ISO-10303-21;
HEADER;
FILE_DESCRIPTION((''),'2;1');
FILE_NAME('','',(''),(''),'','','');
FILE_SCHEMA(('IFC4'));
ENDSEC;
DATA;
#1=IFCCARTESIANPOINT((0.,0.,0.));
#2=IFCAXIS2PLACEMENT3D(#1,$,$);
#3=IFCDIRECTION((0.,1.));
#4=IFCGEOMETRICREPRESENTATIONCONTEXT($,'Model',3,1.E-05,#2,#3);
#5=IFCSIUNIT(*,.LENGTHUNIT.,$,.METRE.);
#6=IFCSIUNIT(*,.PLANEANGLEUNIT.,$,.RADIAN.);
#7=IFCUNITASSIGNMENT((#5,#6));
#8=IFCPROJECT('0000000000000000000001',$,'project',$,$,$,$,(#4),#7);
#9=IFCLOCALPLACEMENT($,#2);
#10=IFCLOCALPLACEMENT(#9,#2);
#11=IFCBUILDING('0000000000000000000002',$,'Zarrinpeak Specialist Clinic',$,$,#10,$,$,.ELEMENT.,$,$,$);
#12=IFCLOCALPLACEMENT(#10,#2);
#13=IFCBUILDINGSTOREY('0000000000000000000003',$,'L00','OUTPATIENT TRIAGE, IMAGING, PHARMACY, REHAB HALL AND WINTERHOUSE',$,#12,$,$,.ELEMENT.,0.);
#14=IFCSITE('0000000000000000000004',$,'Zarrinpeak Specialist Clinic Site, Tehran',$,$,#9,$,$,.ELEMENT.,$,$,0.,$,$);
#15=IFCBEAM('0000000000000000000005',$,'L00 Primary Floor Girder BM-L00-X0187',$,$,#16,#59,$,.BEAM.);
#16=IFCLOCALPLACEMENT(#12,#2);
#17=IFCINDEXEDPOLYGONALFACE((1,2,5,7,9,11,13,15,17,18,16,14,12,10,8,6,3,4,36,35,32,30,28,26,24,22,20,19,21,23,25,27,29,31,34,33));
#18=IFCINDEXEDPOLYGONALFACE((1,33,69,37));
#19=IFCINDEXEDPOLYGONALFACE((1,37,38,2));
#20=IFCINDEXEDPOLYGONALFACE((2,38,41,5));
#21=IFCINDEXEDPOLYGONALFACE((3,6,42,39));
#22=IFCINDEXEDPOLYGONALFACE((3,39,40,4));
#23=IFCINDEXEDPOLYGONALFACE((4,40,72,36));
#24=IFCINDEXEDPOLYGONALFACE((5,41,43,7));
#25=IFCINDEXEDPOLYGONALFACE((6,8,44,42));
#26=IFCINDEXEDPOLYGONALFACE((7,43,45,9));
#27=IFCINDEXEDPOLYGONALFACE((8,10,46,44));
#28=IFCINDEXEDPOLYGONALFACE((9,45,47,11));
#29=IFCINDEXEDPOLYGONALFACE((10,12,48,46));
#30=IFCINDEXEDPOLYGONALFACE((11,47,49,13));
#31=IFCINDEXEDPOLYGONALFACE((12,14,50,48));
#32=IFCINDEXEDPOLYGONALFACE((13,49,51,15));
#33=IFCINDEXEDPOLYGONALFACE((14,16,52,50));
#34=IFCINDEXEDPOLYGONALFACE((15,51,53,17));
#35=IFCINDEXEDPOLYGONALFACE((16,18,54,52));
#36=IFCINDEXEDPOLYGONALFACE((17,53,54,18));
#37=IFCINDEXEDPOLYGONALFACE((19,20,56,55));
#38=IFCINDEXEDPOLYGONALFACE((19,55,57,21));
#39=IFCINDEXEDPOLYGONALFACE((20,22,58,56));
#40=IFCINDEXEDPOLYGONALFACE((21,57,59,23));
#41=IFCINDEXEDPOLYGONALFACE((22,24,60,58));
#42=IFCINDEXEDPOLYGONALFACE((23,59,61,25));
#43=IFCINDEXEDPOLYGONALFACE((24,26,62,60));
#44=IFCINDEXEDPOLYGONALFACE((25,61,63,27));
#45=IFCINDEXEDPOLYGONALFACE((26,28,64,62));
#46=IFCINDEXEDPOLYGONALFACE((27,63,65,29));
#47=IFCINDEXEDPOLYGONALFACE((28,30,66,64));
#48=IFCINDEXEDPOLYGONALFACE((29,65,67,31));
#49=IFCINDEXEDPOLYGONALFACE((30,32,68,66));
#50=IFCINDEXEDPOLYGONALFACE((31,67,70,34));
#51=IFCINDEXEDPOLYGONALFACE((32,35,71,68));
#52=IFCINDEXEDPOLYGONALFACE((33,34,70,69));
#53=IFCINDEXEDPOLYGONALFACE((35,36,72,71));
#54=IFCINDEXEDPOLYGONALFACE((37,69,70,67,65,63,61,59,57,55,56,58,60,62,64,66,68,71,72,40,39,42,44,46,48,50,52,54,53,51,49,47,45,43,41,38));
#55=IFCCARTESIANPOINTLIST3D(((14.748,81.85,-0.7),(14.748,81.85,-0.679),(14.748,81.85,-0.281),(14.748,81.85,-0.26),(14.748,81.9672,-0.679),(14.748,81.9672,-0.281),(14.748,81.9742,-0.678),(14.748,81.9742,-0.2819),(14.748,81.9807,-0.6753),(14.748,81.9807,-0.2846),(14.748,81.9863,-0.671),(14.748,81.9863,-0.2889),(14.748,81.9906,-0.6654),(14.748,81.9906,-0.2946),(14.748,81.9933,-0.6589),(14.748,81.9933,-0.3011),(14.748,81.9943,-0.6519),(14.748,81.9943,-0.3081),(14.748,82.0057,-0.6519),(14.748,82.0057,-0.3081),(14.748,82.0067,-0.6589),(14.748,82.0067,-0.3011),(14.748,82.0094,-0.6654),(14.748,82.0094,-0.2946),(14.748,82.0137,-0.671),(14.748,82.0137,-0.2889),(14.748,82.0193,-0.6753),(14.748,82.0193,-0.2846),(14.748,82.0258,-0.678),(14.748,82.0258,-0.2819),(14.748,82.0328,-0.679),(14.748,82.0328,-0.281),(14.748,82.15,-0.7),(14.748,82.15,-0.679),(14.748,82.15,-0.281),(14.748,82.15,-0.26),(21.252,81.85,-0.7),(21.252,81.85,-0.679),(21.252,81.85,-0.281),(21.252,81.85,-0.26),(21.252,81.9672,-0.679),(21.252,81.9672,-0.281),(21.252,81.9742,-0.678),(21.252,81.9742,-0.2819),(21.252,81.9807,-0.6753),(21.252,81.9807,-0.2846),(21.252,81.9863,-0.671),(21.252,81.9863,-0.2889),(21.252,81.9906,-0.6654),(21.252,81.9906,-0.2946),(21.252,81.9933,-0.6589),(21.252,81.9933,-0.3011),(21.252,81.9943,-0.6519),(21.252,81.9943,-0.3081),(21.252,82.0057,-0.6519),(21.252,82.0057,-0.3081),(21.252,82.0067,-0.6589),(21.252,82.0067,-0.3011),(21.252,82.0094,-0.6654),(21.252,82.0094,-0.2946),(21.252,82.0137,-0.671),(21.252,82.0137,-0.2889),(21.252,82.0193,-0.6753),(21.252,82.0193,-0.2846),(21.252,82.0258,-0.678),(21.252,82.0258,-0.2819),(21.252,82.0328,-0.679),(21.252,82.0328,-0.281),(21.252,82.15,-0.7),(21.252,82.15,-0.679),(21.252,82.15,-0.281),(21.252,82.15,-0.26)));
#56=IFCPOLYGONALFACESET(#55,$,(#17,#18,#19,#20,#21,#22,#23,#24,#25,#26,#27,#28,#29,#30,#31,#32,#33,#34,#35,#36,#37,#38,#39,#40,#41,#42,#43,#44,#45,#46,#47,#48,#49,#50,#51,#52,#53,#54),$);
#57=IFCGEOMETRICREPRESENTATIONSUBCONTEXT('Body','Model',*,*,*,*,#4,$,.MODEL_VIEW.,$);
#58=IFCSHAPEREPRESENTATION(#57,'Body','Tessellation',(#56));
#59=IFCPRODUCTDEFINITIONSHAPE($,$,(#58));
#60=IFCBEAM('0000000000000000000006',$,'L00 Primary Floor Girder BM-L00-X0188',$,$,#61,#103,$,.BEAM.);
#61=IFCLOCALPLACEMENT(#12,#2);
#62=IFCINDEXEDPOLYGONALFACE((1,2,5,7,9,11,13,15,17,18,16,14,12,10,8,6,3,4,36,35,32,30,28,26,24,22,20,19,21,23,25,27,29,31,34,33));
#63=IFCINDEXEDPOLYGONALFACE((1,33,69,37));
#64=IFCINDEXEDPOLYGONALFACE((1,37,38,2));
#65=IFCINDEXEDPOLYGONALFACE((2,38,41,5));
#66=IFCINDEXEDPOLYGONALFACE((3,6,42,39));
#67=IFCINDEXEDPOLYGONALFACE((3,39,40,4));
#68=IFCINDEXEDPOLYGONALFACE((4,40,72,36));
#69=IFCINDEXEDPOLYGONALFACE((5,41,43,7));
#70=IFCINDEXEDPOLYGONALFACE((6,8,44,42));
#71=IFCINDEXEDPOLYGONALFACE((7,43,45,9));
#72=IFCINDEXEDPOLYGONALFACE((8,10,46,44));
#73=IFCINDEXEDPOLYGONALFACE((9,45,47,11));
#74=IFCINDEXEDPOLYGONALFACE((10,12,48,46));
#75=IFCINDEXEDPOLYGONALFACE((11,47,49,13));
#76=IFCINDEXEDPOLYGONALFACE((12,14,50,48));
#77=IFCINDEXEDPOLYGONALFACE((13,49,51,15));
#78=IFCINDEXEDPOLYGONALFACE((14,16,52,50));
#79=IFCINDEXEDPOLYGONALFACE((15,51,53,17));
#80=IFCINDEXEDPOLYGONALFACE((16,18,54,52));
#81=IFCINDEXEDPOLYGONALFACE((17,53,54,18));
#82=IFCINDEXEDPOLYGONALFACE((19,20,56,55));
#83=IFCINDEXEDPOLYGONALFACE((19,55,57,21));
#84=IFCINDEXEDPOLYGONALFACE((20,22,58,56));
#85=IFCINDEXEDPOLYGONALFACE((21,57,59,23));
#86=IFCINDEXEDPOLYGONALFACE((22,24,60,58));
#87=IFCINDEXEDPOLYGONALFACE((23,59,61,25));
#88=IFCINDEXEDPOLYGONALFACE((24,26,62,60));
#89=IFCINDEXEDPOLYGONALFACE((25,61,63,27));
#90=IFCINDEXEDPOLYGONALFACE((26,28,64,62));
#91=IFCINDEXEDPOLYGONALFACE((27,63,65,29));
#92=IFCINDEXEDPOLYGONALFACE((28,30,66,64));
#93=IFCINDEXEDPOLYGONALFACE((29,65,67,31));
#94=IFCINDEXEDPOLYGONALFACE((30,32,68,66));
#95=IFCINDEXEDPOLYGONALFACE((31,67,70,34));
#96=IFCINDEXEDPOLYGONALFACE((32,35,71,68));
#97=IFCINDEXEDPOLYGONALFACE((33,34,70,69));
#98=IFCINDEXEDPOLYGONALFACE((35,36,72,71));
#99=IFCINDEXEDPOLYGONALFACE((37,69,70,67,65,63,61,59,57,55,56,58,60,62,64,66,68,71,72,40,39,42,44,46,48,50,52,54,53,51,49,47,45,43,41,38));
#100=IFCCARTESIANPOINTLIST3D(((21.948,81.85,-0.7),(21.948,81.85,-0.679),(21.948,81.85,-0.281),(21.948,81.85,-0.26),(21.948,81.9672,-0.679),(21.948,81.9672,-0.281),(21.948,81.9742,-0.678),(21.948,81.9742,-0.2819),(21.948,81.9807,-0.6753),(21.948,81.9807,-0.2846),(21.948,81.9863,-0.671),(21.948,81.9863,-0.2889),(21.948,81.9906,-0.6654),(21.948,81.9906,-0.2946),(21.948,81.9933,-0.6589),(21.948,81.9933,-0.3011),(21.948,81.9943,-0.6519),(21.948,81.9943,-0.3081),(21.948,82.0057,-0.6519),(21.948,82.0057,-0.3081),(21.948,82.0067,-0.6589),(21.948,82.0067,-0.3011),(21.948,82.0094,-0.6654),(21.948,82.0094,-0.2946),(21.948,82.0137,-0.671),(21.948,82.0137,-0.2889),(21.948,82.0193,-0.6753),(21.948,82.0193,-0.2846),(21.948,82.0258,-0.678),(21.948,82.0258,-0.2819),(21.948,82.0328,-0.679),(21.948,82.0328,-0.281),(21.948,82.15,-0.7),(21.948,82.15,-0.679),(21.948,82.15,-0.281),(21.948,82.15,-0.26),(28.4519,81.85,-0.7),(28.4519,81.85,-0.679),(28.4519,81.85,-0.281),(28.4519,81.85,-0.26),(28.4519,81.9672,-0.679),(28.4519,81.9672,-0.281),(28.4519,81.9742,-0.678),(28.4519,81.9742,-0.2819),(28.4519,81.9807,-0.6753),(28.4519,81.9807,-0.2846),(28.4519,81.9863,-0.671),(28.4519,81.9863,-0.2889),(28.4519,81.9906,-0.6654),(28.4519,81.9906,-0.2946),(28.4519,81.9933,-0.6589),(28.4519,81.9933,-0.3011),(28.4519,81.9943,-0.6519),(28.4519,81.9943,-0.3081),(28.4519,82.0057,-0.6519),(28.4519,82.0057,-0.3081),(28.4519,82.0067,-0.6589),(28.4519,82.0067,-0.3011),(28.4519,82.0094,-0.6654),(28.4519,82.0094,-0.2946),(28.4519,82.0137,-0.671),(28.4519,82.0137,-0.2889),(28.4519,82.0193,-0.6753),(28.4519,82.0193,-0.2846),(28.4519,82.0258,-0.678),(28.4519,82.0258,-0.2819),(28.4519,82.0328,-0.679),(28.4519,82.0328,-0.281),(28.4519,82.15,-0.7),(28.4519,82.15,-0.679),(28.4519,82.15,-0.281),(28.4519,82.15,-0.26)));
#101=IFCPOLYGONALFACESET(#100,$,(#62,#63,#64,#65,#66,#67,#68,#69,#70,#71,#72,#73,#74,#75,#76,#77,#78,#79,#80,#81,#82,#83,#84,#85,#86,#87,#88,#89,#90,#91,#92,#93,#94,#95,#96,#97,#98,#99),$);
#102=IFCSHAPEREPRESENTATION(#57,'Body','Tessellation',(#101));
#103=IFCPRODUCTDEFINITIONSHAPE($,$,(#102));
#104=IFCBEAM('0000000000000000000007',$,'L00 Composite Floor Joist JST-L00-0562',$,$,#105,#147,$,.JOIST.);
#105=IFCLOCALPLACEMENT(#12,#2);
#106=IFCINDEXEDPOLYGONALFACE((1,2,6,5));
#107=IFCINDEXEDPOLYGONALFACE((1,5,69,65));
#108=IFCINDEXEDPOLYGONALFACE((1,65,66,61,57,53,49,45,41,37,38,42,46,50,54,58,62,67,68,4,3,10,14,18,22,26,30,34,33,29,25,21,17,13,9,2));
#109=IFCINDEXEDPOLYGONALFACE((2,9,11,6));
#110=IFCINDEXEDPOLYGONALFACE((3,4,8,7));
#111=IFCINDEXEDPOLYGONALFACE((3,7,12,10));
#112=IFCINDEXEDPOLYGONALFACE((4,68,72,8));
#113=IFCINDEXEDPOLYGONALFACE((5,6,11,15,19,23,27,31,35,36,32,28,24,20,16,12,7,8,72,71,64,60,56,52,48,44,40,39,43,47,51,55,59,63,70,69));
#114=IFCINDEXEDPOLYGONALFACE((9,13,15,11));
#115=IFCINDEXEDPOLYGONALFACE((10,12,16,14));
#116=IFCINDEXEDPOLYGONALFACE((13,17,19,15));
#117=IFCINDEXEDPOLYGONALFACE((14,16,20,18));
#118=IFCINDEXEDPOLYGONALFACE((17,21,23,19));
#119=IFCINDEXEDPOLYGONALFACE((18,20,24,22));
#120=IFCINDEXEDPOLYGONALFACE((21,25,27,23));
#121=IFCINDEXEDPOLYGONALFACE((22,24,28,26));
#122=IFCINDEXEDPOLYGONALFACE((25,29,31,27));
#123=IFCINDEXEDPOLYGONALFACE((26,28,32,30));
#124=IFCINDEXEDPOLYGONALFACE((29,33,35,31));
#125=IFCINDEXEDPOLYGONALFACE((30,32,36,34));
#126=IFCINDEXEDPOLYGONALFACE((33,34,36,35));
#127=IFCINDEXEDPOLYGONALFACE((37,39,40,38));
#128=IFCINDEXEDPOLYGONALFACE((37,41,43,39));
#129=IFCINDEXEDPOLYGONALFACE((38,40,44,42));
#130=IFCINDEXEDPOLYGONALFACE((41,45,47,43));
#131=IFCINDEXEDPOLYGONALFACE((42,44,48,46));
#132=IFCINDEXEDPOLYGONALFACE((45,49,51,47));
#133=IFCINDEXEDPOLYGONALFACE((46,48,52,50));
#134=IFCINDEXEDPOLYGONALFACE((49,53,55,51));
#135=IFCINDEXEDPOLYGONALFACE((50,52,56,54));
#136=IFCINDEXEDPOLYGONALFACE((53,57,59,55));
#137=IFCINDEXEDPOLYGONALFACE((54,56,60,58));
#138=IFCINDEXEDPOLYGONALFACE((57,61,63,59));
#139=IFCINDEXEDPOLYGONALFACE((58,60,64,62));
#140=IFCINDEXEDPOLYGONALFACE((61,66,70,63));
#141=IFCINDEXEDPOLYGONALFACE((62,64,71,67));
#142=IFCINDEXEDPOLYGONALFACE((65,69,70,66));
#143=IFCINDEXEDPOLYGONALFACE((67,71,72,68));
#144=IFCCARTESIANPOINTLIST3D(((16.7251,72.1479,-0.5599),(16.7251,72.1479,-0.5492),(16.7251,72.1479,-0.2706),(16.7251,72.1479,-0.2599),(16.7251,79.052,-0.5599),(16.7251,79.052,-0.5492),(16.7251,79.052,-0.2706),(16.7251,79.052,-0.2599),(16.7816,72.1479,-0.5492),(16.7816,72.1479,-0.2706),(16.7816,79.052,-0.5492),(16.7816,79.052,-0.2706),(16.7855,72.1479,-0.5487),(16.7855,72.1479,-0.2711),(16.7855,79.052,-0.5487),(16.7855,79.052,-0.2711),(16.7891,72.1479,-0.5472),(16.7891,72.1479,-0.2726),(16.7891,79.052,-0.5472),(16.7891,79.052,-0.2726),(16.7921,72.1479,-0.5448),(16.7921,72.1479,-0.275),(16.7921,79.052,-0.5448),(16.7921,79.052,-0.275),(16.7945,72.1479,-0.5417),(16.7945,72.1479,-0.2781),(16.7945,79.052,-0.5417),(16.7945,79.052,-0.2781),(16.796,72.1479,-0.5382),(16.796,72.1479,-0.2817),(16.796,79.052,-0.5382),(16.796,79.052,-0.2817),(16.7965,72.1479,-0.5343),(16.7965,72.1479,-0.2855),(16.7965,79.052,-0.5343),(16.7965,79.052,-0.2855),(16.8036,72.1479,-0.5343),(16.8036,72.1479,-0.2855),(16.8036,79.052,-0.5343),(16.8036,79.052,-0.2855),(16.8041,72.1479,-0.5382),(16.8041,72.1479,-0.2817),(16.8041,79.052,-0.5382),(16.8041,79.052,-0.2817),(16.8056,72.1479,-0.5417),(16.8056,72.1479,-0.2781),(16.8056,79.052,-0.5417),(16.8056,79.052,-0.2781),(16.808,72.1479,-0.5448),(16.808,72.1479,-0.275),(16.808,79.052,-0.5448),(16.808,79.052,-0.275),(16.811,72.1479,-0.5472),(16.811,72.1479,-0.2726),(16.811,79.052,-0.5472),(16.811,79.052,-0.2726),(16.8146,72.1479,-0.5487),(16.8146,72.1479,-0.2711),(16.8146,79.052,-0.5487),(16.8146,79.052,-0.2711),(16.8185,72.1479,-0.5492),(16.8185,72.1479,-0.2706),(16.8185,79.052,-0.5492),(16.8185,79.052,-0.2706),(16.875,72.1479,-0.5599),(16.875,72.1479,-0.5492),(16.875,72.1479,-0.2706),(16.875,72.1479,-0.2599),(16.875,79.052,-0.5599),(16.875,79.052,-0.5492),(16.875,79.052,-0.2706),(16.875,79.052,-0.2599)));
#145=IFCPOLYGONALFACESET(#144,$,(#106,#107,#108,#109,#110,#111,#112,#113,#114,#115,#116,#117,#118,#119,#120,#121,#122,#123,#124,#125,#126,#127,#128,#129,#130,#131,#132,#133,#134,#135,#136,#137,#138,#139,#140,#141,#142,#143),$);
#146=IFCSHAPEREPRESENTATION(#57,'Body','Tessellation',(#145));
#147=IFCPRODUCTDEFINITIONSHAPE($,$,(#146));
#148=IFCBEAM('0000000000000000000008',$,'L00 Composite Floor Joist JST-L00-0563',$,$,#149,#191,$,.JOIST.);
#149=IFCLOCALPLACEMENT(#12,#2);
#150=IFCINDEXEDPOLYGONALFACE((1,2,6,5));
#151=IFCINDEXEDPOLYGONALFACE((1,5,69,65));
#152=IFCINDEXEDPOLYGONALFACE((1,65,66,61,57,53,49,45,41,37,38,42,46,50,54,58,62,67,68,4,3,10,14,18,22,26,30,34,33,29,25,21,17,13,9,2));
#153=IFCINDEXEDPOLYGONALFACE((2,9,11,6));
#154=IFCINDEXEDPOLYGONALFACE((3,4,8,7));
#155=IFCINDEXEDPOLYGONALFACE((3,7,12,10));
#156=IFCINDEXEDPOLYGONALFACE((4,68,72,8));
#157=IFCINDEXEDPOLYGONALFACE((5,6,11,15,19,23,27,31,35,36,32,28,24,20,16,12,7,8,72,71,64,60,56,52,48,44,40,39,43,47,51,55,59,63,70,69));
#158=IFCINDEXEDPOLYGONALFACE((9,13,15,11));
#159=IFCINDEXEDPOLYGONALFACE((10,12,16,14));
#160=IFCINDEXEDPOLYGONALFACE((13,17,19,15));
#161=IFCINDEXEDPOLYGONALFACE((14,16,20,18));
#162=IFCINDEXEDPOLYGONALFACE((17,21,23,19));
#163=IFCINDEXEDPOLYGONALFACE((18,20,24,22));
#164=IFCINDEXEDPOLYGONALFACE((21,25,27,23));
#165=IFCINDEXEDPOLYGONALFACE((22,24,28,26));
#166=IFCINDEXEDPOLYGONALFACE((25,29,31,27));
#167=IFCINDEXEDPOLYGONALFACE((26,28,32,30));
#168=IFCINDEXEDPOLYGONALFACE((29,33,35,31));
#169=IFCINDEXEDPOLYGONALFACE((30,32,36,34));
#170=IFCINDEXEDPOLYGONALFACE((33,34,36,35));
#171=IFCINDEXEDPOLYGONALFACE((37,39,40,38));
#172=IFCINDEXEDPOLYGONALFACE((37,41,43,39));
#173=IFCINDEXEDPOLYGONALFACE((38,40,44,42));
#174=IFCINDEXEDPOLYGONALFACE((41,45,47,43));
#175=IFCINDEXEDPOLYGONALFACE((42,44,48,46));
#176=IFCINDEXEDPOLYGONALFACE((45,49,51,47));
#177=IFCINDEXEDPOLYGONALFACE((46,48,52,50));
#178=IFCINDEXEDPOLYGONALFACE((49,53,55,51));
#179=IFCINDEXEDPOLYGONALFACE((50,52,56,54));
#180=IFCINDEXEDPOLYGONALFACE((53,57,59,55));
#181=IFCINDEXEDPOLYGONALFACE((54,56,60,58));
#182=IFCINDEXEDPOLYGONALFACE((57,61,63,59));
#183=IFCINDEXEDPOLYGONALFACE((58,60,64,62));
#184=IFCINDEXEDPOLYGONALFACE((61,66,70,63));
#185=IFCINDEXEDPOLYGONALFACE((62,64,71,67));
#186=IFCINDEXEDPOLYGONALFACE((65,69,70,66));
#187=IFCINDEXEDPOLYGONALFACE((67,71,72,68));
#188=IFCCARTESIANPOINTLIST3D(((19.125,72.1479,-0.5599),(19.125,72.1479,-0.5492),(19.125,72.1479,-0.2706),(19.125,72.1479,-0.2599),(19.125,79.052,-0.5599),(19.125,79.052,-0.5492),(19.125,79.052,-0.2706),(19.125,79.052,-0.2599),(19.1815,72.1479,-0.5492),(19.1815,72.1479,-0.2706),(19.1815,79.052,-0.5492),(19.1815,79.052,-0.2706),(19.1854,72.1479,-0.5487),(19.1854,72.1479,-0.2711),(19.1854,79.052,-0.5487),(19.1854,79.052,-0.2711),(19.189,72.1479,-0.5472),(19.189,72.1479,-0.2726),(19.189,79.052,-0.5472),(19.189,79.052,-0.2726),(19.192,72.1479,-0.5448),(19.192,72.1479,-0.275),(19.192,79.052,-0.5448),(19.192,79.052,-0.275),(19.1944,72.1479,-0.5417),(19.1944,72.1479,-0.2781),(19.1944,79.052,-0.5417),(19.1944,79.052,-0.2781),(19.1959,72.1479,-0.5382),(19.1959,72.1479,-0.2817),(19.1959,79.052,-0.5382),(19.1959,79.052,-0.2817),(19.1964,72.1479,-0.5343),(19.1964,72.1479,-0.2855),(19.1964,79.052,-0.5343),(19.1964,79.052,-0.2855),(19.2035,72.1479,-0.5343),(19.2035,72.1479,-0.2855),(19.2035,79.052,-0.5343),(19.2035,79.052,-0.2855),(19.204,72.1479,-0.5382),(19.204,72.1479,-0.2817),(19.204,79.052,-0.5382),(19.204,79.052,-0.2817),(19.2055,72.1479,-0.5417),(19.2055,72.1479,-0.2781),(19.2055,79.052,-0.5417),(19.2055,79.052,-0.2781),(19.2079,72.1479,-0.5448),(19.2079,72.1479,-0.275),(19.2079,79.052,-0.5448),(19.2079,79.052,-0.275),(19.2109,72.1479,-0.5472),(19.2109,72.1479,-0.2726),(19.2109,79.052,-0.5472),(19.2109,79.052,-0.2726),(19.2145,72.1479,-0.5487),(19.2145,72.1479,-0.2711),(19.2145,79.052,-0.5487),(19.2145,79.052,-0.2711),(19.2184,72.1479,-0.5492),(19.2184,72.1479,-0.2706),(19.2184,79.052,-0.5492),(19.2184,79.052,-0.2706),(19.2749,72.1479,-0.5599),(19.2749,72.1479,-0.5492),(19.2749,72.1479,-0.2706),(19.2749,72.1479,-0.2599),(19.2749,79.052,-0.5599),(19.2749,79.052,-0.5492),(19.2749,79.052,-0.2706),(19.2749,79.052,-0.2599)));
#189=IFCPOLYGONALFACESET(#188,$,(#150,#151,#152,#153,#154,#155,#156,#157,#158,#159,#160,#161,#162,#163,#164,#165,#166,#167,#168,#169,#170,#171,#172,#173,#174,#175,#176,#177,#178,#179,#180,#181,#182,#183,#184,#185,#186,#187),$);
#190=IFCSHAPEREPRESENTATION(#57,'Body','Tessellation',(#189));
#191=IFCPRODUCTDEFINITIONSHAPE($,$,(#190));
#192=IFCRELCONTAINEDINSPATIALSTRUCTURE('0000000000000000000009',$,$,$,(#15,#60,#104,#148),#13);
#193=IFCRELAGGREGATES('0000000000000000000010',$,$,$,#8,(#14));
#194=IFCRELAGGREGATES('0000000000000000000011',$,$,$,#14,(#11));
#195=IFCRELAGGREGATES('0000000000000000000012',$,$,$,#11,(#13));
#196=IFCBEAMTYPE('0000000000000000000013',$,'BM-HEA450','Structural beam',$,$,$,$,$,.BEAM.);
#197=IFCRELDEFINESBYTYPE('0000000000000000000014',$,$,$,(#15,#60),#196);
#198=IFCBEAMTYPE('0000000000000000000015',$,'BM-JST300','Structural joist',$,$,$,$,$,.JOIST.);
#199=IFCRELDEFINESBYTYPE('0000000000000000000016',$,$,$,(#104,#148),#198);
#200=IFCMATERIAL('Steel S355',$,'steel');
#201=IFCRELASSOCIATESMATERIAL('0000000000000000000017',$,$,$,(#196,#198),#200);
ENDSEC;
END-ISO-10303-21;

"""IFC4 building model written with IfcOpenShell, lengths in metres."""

from ifc_helpers import new_model, si_unit, direction, frame, origin, origin_2d, place, context, subcontext, project, spatial, i_section, extrude, material, material_profile, profile_set, type_object, element, save


model = new_model("IFC4")

# Units and contexts
model_context = context("Model", 3, precision=1e-05, world=origin(), true_north=direction((0.0, 1.0)))
body_context = subcontext(model_context, "Body", "Model", "MODEL_VIEW")
ifc_project = project(units=[si_unit("LENGTHUNIT", "METRE"), si_unit("PLANEANGLEUNIT", "RADIAN")], contexts=[model_context])

# Site, building, storey
site_placement = place(None, origin())
site = spatial("IfcSite", under=ifc_project, at=site_placement, Name="Zarrinpeak Specialist Clinic Site, Tehran", CompositionType="ELEMENT", RefElevation=0.0)
building_placement = place(site_placement, origin())
building = spatial("IfcBuilding", under=site, at=building_placement, Name="Zarrinpeak Specialist Clinic", CompositionType="ELEMENT")
storey_placement = place(building_placement, origin())
storey = spatial("IfcBuildingStorey", under=building, at=storey_placement, Name="L00", Description="OUTPATIENT TRIAGE, IMAGING, PHARMACY, REHAB HALL AND WINTERHOUSE", CompositionType="ELEMENT", Elevation=0.0)

# Shared definitions
ifc_material_1 = material(Name="Steel S355", Category="steel")

# Beams
ifc_material_profile_1 = material_profile(ifc_material_1, i_section(OverallWidth=0.3, OverallDepth=0.4399, WebThickness=0.0115, FlangeThickness=0.021, FilletRadius=0.0271, at=origin_2d()), Name="HEA 450")
ifc_profile_set_1 = profile_set([ifc_material_profile_1], Name="Steel S355")
beam_type_1 = type_object("IfcBeamType", Name="BM-HEA450", Description="Structural beam", PredefinedType="BEAM", material=ifc_profile_set_1)
for number, where, z_axis, x_axis, name in (
    (1, (14.748, 82.0, -0.48), (1.0, 0.0, 0.0), (0.0, 1.0, 0.0), "L00 Primary Floor Girder BM-L00-X0187"),
    (2, (21.948, 82.0, -0.48), (1.0, 0.0, 0.0), (0.0, 1.0, 0.0), "L00 Primary Floor Girder BM-L00-X0188"),
):
    element("IfcBeam", number, at=place(storey_placement, frame(where, z_axis=z_axis, x_axis=x_axis)), inside=storey, type_object=beam_type_1, Name=name, PredefinedType="BEAM", context=body_context, shape_type="SweptSolid", body=[
        extrude(i_section(OverallWidth=0.3, OverallDepth=0.4399, WebThickness=0.0115, FlangeThickness=0.021, FilletRadius=0.0271, at=origin_2d()), origin(), (0.0, 0.0, 1.0), 6.5039),
    ])
ifc_material_profile_2 = material_profile(ifc_material_1, i_section(OverallWidth=0.1499, OverallDepth=0.3, WebThickness=0.0071, FlangeThickness=0.0107, FilletRadius=0.0149, at=origin_2d()), Name="IPE 300")
ifc_profile_set_2 = profile_set([ifc_material_profile_2], Name="Steel S355")
beam_type_2 = type_object("IfcBeamType", Name="BM-JST300", Description="Structural joist", PredefinedType="JOIST", material=ifc_profile_set_2)
for number, where, z_axis, x_axis, name in (
    (3, (16.8, 72.1479, -0.4099), (0.0, 1.0, 0.0), (-1.0, 0.0, 0.0), "L00 Composite Floor Joist JST-L00-0562"),
    (4, (19.2, 72.1479, -0.4099), (0.0, 1.0, 0.0), (-1.0, 0.0, 0.0), "L00 Composite Floor Joist JST-L00-0563"),
):
    element("IfcBeam", number, at=place(storey_placement, frame(where, z_axis=z_axis, x_axis=x_axis)), inside=storey, type_object=beam_type_2, Name=name, PredefinedType="JOIST", context=body_context, shape_type="SweptSolid", body=[
        extrude(i_section(OverallWidth=0.1499, OverallDepth=0.3, WebThickness=0.0071, FlangeThickness=0.0107, FilletRadius=0.0149, at=origin_2d()), origin(), (0.0, 0.0, 1.0), 6.9041),
    ])

save(model, "model.ifc")
